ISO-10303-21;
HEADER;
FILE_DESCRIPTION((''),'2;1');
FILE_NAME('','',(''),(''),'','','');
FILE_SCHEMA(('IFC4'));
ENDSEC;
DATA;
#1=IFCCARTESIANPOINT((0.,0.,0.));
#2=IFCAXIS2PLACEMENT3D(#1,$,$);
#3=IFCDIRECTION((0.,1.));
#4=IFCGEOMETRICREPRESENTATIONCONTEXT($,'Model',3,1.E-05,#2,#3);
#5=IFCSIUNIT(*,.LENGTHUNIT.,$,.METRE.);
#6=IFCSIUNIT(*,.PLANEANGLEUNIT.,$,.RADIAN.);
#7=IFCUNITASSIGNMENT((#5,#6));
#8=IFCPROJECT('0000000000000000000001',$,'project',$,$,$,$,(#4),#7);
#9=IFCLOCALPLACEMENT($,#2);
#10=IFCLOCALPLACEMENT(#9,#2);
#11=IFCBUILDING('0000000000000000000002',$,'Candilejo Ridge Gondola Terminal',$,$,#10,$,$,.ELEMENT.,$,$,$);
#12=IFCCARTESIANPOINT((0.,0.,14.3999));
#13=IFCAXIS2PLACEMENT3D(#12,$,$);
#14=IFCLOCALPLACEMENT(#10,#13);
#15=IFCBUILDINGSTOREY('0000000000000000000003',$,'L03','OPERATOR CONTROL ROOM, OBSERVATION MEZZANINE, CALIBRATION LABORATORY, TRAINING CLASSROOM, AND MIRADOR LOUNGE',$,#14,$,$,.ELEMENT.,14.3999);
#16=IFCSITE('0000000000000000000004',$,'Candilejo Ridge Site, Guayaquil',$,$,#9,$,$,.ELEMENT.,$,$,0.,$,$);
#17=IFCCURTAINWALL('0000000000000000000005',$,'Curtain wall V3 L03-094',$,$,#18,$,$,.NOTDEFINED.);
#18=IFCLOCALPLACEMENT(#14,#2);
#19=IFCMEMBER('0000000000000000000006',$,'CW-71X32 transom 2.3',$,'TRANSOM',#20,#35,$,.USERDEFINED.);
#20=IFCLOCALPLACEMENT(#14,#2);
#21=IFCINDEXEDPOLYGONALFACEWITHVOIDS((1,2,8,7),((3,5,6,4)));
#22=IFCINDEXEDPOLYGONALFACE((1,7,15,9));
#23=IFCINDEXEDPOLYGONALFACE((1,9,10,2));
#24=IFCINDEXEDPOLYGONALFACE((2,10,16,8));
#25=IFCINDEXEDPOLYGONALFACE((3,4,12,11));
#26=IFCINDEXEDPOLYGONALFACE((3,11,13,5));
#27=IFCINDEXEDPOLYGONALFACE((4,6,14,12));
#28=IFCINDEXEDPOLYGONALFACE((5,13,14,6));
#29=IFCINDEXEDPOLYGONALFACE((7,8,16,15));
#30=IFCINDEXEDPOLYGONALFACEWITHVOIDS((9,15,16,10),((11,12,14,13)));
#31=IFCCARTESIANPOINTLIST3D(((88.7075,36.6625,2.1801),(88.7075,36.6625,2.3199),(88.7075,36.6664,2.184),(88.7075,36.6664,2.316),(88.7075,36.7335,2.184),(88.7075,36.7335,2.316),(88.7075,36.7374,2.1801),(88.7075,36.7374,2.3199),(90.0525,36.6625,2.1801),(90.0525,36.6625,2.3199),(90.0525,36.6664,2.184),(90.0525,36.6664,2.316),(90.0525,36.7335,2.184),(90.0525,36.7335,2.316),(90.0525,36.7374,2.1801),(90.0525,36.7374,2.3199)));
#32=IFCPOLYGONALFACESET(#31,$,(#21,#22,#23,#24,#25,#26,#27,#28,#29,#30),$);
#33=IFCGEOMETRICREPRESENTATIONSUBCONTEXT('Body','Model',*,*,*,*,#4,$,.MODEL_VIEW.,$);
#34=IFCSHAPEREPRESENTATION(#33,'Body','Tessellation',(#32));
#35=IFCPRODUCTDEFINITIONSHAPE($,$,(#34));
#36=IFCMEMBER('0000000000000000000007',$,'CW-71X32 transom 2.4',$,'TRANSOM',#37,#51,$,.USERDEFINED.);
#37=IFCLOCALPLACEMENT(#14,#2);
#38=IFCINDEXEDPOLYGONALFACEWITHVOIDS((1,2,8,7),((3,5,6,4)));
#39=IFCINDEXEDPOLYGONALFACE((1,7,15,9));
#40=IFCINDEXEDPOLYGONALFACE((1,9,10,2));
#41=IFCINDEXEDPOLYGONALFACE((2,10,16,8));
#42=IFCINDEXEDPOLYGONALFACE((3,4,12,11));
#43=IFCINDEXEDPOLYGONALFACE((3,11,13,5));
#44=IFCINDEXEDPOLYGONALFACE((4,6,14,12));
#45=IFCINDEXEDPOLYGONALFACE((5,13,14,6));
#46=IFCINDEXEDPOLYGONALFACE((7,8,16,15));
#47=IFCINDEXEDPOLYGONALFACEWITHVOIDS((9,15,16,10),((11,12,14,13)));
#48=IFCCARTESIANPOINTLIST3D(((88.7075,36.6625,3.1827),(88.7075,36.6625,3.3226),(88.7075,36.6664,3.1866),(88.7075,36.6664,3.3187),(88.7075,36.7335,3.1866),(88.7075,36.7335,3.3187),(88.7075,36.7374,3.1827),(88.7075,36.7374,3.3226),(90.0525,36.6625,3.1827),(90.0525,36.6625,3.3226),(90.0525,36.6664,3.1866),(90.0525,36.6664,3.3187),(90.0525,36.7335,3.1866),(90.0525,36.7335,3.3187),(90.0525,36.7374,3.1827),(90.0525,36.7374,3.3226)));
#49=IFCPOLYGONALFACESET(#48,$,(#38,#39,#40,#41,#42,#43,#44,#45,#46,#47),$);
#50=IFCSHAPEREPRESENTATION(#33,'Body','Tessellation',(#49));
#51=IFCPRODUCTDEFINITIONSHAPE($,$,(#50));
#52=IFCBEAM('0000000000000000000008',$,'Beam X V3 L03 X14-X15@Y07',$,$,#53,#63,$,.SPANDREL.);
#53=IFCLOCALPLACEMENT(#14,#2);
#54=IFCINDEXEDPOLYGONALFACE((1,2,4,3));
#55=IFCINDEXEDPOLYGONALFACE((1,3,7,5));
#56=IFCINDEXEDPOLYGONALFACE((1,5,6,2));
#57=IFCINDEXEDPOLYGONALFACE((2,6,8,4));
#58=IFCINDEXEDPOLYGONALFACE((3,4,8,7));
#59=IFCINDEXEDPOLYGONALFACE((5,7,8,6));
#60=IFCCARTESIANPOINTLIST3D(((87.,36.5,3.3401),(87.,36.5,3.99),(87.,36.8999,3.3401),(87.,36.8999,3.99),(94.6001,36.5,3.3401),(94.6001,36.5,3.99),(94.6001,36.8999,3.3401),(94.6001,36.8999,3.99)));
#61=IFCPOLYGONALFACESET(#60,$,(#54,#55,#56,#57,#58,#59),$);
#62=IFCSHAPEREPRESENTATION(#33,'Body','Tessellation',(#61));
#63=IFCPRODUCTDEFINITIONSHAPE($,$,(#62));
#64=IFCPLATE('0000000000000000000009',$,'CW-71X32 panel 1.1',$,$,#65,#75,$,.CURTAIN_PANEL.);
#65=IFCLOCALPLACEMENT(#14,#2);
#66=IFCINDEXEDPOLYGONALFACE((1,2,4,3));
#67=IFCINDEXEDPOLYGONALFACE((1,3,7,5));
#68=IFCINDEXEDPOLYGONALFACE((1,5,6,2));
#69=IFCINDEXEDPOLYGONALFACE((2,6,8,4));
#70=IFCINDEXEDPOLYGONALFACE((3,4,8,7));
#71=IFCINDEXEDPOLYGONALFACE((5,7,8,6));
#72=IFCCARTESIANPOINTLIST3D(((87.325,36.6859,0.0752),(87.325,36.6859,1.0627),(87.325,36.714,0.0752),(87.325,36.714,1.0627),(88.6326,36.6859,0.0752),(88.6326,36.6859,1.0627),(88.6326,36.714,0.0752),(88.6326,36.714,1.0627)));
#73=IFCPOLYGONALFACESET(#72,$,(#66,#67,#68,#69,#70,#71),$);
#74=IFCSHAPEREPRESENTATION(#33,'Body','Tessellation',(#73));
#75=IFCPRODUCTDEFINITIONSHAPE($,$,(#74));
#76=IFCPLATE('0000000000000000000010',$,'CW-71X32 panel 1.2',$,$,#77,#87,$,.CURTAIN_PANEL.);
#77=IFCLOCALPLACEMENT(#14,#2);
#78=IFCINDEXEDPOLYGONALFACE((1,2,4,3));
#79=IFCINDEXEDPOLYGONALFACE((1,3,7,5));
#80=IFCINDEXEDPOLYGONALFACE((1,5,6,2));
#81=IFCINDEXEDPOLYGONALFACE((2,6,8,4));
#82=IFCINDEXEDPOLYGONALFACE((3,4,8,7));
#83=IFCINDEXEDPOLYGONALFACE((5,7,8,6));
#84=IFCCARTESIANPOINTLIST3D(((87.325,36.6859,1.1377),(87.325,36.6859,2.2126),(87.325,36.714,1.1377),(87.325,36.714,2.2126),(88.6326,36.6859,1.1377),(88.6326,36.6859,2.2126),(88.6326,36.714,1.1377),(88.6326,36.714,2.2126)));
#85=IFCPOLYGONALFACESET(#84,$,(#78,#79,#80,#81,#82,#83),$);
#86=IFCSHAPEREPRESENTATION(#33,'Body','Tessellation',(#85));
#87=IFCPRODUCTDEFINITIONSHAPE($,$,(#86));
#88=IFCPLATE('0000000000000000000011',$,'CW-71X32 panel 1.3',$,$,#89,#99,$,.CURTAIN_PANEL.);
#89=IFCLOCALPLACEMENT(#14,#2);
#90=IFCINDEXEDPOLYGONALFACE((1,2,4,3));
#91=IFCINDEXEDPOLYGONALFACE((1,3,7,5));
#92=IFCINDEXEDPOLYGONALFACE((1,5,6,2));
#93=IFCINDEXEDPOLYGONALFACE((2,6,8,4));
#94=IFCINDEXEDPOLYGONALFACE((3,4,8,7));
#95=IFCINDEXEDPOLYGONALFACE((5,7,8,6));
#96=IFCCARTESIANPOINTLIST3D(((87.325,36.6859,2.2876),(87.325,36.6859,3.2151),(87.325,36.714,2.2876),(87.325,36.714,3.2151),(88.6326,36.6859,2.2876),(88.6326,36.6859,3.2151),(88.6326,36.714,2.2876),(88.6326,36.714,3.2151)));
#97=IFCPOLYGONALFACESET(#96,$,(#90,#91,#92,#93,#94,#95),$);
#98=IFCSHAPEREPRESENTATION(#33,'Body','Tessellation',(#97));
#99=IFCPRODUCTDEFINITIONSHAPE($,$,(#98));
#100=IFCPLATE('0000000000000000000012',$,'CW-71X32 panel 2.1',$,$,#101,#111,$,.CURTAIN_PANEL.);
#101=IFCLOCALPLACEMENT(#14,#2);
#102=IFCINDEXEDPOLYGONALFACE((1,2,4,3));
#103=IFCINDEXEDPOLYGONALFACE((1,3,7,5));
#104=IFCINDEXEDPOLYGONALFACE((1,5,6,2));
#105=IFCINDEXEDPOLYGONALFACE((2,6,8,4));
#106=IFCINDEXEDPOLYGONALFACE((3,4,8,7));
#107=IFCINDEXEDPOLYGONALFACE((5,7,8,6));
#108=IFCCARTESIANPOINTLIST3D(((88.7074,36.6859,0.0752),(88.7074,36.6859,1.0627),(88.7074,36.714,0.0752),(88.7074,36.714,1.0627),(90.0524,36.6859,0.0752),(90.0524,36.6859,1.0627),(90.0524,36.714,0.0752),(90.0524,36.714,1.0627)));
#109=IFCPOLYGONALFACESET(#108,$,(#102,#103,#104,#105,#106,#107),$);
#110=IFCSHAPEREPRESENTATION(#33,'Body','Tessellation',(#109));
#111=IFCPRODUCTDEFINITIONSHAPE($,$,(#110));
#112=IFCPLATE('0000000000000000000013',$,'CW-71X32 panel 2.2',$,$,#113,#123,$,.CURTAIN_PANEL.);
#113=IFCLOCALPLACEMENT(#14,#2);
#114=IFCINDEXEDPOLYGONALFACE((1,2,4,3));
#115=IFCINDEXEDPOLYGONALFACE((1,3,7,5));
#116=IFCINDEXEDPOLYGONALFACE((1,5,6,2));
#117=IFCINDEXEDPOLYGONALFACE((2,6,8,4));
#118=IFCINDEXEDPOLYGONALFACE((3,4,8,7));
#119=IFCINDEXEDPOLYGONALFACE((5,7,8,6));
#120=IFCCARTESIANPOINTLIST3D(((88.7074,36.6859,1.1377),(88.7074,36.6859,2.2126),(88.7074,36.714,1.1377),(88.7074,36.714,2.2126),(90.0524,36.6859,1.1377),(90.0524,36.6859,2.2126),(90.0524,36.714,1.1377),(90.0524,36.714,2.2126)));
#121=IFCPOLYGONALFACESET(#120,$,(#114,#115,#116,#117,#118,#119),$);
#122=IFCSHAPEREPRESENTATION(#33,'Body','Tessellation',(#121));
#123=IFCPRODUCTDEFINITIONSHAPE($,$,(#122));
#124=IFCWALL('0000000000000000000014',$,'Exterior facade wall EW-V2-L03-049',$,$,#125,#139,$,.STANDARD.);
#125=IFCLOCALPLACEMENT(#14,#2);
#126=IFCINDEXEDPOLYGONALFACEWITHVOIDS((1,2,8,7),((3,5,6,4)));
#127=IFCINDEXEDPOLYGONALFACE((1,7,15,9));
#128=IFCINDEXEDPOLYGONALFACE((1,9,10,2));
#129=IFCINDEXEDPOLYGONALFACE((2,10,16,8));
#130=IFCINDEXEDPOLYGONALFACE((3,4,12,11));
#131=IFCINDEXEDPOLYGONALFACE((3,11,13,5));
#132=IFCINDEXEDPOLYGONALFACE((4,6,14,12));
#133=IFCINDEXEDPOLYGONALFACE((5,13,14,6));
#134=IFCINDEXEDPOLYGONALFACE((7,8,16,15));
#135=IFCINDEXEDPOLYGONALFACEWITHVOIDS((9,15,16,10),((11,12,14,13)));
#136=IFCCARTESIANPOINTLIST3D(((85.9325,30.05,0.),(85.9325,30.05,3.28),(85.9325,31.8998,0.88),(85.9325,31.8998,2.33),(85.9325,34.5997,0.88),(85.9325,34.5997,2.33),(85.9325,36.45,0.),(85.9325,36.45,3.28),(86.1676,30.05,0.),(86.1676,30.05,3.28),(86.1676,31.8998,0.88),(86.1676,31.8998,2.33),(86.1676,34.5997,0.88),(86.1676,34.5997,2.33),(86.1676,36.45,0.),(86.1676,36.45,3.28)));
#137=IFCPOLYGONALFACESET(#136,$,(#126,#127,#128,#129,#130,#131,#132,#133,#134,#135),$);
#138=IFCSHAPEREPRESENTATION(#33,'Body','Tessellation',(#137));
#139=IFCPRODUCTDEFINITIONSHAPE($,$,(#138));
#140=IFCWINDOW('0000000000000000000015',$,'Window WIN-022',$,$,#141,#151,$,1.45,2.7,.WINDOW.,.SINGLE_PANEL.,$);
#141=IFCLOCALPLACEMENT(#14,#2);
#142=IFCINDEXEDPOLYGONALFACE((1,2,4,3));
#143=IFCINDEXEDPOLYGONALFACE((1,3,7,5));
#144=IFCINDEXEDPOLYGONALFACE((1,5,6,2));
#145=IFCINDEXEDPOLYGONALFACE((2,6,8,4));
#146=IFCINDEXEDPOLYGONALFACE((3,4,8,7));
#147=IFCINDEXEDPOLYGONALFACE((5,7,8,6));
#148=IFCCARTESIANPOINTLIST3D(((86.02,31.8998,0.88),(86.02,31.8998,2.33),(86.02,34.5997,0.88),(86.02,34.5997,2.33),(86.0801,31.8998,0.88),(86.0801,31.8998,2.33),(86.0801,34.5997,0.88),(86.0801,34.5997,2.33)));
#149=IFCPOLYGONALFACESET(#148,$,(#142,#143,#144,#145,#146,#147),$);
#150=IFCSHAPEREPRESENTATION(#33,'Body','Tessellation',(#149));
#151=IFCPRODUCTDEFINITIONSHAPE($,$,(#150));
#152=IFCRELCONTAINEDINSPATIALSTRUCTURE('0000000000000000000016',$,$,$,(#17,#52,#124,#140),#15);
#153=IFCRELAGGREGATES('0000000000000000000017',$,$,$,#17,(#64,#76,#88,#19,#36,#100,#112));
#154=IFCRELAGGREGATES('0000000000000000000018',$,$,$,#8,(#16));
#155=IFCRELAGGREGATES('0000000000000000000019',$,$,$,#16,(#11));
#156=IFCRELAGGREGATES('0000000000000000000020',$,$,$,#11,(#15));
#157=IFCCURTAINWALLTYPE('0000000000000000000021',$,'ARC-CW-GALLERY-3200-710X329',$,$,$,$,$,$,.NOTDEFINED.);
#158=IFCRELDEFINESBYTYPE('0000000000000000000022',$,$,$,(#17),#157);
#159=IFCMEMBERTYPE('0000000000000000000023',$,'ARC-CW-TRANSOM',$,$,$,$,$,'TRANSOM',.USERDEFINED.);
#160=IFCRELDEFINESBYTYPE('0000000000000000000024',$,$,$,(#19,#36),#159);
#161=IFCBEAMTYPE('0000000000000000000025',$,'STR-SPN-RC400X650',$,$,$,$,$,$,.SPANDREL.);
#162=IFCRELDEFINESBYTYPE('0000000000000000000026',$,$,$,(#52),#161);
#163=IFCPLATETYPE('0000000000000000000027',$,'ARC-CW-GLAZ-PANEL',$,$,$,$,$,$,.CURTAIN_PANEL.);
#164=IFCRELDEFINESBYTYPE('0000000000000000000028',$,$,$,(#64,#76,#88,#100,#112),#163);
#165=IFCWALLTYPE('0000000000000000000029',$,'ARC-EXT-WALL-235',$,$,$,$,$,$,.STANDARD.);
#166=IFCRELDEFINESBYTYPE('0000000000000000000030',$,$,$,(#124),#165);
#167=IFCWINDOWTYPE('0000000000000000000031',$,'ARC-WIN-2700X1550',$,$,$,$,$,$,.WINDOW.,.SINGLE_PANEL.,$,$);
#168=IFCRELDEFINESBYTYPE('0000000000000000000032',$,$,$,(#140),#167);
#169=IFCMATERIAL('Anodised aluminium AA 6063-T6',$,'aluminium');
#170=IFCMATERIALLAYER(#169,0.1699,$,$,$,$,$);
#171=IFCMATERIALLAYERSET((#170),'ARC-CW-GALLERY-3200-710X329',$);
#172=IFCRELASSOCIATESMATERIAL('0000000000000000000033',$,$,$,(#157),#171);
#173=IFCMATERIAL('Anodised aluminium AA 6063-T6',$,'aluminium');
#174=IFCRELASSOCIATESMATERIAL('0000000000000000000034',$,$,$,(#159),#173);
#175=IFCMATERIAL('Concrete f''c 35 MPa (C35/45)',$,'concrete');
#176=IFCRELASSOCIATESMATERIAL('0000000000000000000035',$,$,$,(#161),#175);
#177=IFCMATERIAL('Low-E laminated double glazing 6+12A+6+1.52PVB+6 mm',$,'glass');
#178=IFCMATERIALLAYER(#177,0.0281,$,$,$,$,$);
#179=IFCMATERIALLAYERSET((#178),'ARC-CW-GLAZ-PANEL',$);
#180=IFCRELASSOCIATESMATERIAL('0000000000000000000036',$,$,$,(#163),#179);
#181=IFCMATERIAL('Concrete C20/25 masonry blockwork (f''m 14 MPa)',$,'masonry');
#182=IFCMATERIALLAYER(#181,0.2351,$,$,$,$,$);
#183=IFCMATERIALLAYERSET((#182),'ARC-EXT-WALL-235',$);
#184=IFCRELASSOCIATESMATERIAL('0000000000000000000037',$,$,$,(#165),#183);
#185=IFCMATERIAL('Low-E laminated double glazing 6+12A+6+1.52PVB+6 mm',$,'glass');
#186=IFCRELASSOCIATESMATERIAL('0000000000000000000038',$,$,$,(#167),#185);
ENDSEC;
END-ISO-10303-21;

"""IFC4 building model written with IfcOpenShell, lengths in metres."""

from ifc_helpers import new_model, si_unit, direction, frame, frame_2d, origin, origin_2d, place, context, subcontext, project, spatial, rectangle, hollow_rectangle, extrude, material, layer, layer_set, material_profile, profile_set, type_object, element, fill, aggregate, save


model = new_model("IFC4")

# Units and contexts
model_context = context("Model", 3, precision=1e-05, world=origin(), true_north=direction((0.0, 1.0)))
body_context = subcontext(model_context, "Body", "Model", "MODEL_VIEW")
ifc_project = project(units=[si_unit("LENGTHUNIT", "METRE"), si_unit("PLANEANGLEUNIT", "RADIAN")], contexts=[model_context])

# Site, building, storey
site_placement = place(None, origin())
site = spatial("IfcSite", under=ifc_project, at=site_placement, Name="Candilejo Ridge Site, Guayaquil", CompositionType="ELEMENT", RefElevation=0.0)
building_placement = place(site_placement, origin())
building = spatial("IfcBuilding", under=site, at=building_placement, Name="Candilejo Ridge Gondola Terminal", CompositionType="ELEMENT")
storey_placement = place(building_placement, frame((0.0, 0.0, 14.3999)))
storey = spatial("IfcBuildingStorey", under=building, at=storey_placement, Name="L03", Description="OPERATOR CONTROL ROOM, OBSERVATION MEZZANINE, CALIBRATION LABORATORY, TRAINING CLASSROOM, AND MIRADOR LOUNGE", CompositionType="ELEMENT", Elevation=14.3999)

# Curtain wall
ifc_material_1 = material(Name="Anodised aluminium AA 6063-T6", Category="aluminium")
ifc_layer_1 = layer(ifc_material_1, 0.1699)
ifc_layer_set_1 = layer_set([ifc_layer_1], Name="ARC-CW-GALLERY-3200-710X329")
curtain_wall_type_1 = type_object("IfcCurtainWallType", Name="ARC-CW-GALLERY-3200-710X329", PredefinedType="NOTDEFINED", material=ifc_layer_set_1)
curtain_wall_1_placement = place(storey_placement, origin())
curtain_wall_1 = element("IfcCurtainWall", 1, at=curtain_wall_1_placement, inside=storey, type_object=curtain_wall_type_1, Name="Curtain wall V3 L03-094", PredefinedType="NOTDEFINED")

# Members
ifc_material_2 = material(Name="Anodised aluminium AA 6063-T6", Category="aluminium")
ifc_material_profile_1 = material_profile(ifc_material_2, hollow_rectangle(XDim=0.075, YDim=0.1399, WallThickness=0.0039, at=origin_2d()))
ifc_profile_set_1 = profile_set([ifc_material_profile_1], Name="Anodised aluminium AA 6063-T6")
member_type_1 = type_object("IfcMemberType", Name="ARC-CW-TRANSOM", ElementType="TRANSOM", PredefinedType="USERDEFINED", material=ifc_profile_set_1)
member_1_placement = place(storey_placement, frame((88.7075, 36.7, 2.25), z_axis=(1.0, 0.0, 0.0), x_axis=(0.0, 1.0, 0.0)))
member_1 = element("IfcMember", 2, at=member_1_placement, type_object=member_type_1, Name="CW-71X32 transom 2.3", ObjectType="TRANSOM", PredefinedType="USERDEFINED", context=body_context, shape_type="SweptSolid", body=[
    extrude(hollow_rectangle(XDim=0.075, YDim=0.1399, WallThickness=0.0039, at=origin_2d()), origin(), (0.0, 0.0, 1.0), 1.345),
])
member_2_placement = place(storey_placement, frame((88.7075, 36.7, 3.2527), z_axis=(1.0, 0.0, 0.0), x_axis=(0.0, 1.0, 0.0)))
member_2 = element("IfcMember", 3, at=member_2_placement, type_object=member_type_1, Name="CW-71X32 transom 2.4", ObjectType="TRANSOM", PredefinedType="USERDEFINED", context=body_context, shape_type="SweptSolid", body=[
    extrude(hollow_rectangle(XDim=0.075, YDim=0.1399, WallThickness=0.0039, at=origin_2d()), origin(), (0.0, 0.0, 1.0), 1.345),
])

# Beam
ifc_material_3 = material(Name="Concrete f'c 35 MPa (C35/45)", Category="concrete")
ifc_material_profile_2 = material_profile(ifc_material_3, rectangle(XDim=0.3999, YDim=0.6499, at=origin_2d()))
ifc_profile_set_2 = profile_set([ifc_material_profile_2], Name="Concrete f'c 35 MPa (C35/45)")
beam_type = type_object("IfcBeamType", Name="STR-SPN-RC400X650", PredefinedType="SPANDREL", material=ifc_profile_set_2)
beam_placement = place(storey_placement, frame((87.0, 36.7, 3.665), z_axis=(1.0, 0.0, 0.0), x_axis=(0.0, 1.0, 0.0)))
element("IfcBeam", 4, at=beam_placement, inside=storey, type_object=beam_type, Name="Beam X V3 L03 X14-X15@Y07", PredefinedType="SPANDREL", context=body_context, shape_type="SweptSolid", body=[
    extrude(rectangle(XDim=0.3999, YDim=0.6499, at=origin_2d()), origin(), (0.0, 0.0, 1.0), 7.6001),
])

# Plates
ifc_material_4 = material(Name="Low-E laminated double glazing 6+12A+6+1.52PVB+6 mm", Category="glass")
ifc_layer_2 = layer(ifc_material_4, 0.0281)
ifc_layer_set_2 = layer_set([ifc_layer_2], Name="ARC-CW-GLAZ-PANEL")
plate_type = type_object("IfcPlateType", Name="ARC-CW-GLAZ-PANEL", PredefinedType="CURTAIN_PANEL", material=ifc_layer_set_2)
plate_1_placement = place(storey_placement, frame((87.9788, 36.7, 0.0752), z_axis=(0.0, 0.0, 1.0), x_axis=(1.0, 0.0, 0.0)))
plate_1 = element("IfcPlate", 5, at=plate_1_placement, type_object=plate_type, Name="CW-71X32 panel 1.1", PredefinedType="CURTAIN_PANEL", context=body_context, shape_type="SweptSolid", body=[
    extrude(rectangle(XDim=1.3076, YDim=0.0281, at=origin_2d()), origin(), (0.0, 0.0, 1.0), 0.9875),
])
plate_2_placement = place(storey_placement, frame((87.9788, 36.7, 1.1377), z_axis=(0.0, 0.0, 1.0), x_axis=(1.0, 0.0, 0.0)))
plate_2 = element("IfcPlate", 6, at=plate_2_placement, type_object=plate_type, Name="CW-71X32 panel 1.2", PredefinedType="CURTAIN_PANEL", context=body_context, shape_type="SweptSolid", body=[
    extrude(rectangle(XDim=1.3076, YDim=0.0281, at=origin_2d()), origin(), (0.0, 0.0, 1.0), 1.075),
])
plate_3_placement = place(storey_placement, frame((87.9788, 36.7, 2.2876), z_axis=(0.0, 0.0, 1.0), x_axis=(1.0, 0.0, 0.0)))
plate_3 = element("IfcPlate", 7, at=plate_3_placement, type_object=plate_type, Name="CW-71X32 panel 1.3", PredefinedType="CURTAIN_PANEL", context=body_context, shape_type="SweptSolid", body=[
    extrude(rectangle(XDim=1.3076, YDim=0.0281, at=origin_2d()), origin(), (0.0, 0.0, 1.0), 0.9275),
])
plate_4_placement = place(storey_placement, frame((89.3799, 36.7, 0.0752), z_axis=(0.0, 0.0, 1.0), x_axis=(1.0, 0.0, 0.0)))
plate_4 = element("IfcPlate", 8, at=plate_4_placement, type_object=plate_type, Name="CW-71X32 panel 2.1", PredefinedType="CURTAIN_PANEL", context=body_context, shape_type="SweptSolid", body=[
    extrude(rectangle(XDim=1.345, YDim=0.0281, at=origin_2d()), origin(), (0.0, 0.0, 1.0), 0.9875),
])
plate_5_placement = place(storey_placement, frame((89.3799, 36.7, 1.1377), z_axis=(0.0, 0.0, 1.0), x_axis=(1.0, 0.0, 0.0)))
plate_5 = element("IfcPlate", 9, at=plate_5_placement, type_object=plate_type, Name="CW-71X32 panel 2.2", PredefinedType="CURTAIN_PANEL", context=body_context, shape_type="SweptSolid", body=[
    extrude(rectangle(XDim=1.345, YDim=0.0281, at=origin_2d()), origin(), (0.0, 0.0, 1.0), 1.075),
])
aggregate(curtain_wall_1, [plate_1, plate_2, plate_3, member_1, member_2, plate_4, plate_5])

# Wall, opening, window
ifc_material_5 = material(Name="Concrete C20/25 masonry blockwork (f'm 14 MPa)", Category="masonry")
ifc_layer_3 = layer(ifc_material_5, 0.2351)
ifc_layer_set_3 = layer_set([ifc_layer_3], Name="ARC-EXT-WALL-235")
wall_type = type_object("IfcWallType", Name="ARC-EXT-WALL-235", PredefinedType="STANDARD", material=ifc_layer_set_3)
wall_placement = place(storey_placement, frame((86.05, 36.45, 0.0), z_axis=(0.0, 0.0, 1.0), x_axis=(0.0, -1.0, 0.0)))
wall = element("IfcWall", 10, at=wall_placement, inside=storey, type_object=wall_type, Name="Exterior facade wall EW-V2-L03-049", PredefinedType="STANDARD", context=body_context, shape_type="SweptSolid", body=[
    extrude(rectangle(XDim=6.3999, YDim=0.2351, at=frame_2d((3.2, 0.0))), origin(), (0.0, 0.0, 1.0), 3.28),
])
opening_placement = place(wall_placement, frame((1.8501, 0.0, 0.8799)))
opening = element("IfcOpeningElement", 11, at=opening_placement, cuts=wall, PredefinedType="OPENING", context=body_context, shape_type="SweptSolid", body=[
    extrude(rectangle(XDim=2.7, YDim=1.45, at=frame_2d((1.3501, 0.7251))), frame((0.0, 0.1274, 0.0), z_axis=(0.0, -1.0, 0.0), x_axis=(1.0, 0.0, 0.0)), (0.0, 0.0, 1.0), 0.2551),
])
ifc_material_6 = material(Name="Low-E laminated double glazing 6+12A+6+1.52PVB+6 mm", Category="glass")
window_type = type_object("IfcWindowType", Name="ARC-WIN-2700X1550", PartitioningType="SINGLE_PANEL", PredefinedType="WINDOW", material=ifc_material_6)
window_placement = place(opening_placement, origin())
window = element("IfcWindow", 12, at=window_placement, inside=storey, type_object=window_type, Name="Window WIN-022", OverallHeight=1.45, OverallWidth=2.7, PartitioningType="SINGLE_PANEL", PredefinedType="WINDOW", context=body_context, shape_type="SweptSolid", body=[
    extrude(rectangle(XDim=2.7, YDim=1.45, at=frame_2d((1.3501, 0.7251))), frame((0.0, 0.03, 0.0), z_axis=(0.0, -1.0, 0.0), x_axis=(1.0, 0.0, 0.0)), (0.0, 0.0, 1.0), 0.0601),
])
fill(opening, window)

save(model, "model.ifc")
